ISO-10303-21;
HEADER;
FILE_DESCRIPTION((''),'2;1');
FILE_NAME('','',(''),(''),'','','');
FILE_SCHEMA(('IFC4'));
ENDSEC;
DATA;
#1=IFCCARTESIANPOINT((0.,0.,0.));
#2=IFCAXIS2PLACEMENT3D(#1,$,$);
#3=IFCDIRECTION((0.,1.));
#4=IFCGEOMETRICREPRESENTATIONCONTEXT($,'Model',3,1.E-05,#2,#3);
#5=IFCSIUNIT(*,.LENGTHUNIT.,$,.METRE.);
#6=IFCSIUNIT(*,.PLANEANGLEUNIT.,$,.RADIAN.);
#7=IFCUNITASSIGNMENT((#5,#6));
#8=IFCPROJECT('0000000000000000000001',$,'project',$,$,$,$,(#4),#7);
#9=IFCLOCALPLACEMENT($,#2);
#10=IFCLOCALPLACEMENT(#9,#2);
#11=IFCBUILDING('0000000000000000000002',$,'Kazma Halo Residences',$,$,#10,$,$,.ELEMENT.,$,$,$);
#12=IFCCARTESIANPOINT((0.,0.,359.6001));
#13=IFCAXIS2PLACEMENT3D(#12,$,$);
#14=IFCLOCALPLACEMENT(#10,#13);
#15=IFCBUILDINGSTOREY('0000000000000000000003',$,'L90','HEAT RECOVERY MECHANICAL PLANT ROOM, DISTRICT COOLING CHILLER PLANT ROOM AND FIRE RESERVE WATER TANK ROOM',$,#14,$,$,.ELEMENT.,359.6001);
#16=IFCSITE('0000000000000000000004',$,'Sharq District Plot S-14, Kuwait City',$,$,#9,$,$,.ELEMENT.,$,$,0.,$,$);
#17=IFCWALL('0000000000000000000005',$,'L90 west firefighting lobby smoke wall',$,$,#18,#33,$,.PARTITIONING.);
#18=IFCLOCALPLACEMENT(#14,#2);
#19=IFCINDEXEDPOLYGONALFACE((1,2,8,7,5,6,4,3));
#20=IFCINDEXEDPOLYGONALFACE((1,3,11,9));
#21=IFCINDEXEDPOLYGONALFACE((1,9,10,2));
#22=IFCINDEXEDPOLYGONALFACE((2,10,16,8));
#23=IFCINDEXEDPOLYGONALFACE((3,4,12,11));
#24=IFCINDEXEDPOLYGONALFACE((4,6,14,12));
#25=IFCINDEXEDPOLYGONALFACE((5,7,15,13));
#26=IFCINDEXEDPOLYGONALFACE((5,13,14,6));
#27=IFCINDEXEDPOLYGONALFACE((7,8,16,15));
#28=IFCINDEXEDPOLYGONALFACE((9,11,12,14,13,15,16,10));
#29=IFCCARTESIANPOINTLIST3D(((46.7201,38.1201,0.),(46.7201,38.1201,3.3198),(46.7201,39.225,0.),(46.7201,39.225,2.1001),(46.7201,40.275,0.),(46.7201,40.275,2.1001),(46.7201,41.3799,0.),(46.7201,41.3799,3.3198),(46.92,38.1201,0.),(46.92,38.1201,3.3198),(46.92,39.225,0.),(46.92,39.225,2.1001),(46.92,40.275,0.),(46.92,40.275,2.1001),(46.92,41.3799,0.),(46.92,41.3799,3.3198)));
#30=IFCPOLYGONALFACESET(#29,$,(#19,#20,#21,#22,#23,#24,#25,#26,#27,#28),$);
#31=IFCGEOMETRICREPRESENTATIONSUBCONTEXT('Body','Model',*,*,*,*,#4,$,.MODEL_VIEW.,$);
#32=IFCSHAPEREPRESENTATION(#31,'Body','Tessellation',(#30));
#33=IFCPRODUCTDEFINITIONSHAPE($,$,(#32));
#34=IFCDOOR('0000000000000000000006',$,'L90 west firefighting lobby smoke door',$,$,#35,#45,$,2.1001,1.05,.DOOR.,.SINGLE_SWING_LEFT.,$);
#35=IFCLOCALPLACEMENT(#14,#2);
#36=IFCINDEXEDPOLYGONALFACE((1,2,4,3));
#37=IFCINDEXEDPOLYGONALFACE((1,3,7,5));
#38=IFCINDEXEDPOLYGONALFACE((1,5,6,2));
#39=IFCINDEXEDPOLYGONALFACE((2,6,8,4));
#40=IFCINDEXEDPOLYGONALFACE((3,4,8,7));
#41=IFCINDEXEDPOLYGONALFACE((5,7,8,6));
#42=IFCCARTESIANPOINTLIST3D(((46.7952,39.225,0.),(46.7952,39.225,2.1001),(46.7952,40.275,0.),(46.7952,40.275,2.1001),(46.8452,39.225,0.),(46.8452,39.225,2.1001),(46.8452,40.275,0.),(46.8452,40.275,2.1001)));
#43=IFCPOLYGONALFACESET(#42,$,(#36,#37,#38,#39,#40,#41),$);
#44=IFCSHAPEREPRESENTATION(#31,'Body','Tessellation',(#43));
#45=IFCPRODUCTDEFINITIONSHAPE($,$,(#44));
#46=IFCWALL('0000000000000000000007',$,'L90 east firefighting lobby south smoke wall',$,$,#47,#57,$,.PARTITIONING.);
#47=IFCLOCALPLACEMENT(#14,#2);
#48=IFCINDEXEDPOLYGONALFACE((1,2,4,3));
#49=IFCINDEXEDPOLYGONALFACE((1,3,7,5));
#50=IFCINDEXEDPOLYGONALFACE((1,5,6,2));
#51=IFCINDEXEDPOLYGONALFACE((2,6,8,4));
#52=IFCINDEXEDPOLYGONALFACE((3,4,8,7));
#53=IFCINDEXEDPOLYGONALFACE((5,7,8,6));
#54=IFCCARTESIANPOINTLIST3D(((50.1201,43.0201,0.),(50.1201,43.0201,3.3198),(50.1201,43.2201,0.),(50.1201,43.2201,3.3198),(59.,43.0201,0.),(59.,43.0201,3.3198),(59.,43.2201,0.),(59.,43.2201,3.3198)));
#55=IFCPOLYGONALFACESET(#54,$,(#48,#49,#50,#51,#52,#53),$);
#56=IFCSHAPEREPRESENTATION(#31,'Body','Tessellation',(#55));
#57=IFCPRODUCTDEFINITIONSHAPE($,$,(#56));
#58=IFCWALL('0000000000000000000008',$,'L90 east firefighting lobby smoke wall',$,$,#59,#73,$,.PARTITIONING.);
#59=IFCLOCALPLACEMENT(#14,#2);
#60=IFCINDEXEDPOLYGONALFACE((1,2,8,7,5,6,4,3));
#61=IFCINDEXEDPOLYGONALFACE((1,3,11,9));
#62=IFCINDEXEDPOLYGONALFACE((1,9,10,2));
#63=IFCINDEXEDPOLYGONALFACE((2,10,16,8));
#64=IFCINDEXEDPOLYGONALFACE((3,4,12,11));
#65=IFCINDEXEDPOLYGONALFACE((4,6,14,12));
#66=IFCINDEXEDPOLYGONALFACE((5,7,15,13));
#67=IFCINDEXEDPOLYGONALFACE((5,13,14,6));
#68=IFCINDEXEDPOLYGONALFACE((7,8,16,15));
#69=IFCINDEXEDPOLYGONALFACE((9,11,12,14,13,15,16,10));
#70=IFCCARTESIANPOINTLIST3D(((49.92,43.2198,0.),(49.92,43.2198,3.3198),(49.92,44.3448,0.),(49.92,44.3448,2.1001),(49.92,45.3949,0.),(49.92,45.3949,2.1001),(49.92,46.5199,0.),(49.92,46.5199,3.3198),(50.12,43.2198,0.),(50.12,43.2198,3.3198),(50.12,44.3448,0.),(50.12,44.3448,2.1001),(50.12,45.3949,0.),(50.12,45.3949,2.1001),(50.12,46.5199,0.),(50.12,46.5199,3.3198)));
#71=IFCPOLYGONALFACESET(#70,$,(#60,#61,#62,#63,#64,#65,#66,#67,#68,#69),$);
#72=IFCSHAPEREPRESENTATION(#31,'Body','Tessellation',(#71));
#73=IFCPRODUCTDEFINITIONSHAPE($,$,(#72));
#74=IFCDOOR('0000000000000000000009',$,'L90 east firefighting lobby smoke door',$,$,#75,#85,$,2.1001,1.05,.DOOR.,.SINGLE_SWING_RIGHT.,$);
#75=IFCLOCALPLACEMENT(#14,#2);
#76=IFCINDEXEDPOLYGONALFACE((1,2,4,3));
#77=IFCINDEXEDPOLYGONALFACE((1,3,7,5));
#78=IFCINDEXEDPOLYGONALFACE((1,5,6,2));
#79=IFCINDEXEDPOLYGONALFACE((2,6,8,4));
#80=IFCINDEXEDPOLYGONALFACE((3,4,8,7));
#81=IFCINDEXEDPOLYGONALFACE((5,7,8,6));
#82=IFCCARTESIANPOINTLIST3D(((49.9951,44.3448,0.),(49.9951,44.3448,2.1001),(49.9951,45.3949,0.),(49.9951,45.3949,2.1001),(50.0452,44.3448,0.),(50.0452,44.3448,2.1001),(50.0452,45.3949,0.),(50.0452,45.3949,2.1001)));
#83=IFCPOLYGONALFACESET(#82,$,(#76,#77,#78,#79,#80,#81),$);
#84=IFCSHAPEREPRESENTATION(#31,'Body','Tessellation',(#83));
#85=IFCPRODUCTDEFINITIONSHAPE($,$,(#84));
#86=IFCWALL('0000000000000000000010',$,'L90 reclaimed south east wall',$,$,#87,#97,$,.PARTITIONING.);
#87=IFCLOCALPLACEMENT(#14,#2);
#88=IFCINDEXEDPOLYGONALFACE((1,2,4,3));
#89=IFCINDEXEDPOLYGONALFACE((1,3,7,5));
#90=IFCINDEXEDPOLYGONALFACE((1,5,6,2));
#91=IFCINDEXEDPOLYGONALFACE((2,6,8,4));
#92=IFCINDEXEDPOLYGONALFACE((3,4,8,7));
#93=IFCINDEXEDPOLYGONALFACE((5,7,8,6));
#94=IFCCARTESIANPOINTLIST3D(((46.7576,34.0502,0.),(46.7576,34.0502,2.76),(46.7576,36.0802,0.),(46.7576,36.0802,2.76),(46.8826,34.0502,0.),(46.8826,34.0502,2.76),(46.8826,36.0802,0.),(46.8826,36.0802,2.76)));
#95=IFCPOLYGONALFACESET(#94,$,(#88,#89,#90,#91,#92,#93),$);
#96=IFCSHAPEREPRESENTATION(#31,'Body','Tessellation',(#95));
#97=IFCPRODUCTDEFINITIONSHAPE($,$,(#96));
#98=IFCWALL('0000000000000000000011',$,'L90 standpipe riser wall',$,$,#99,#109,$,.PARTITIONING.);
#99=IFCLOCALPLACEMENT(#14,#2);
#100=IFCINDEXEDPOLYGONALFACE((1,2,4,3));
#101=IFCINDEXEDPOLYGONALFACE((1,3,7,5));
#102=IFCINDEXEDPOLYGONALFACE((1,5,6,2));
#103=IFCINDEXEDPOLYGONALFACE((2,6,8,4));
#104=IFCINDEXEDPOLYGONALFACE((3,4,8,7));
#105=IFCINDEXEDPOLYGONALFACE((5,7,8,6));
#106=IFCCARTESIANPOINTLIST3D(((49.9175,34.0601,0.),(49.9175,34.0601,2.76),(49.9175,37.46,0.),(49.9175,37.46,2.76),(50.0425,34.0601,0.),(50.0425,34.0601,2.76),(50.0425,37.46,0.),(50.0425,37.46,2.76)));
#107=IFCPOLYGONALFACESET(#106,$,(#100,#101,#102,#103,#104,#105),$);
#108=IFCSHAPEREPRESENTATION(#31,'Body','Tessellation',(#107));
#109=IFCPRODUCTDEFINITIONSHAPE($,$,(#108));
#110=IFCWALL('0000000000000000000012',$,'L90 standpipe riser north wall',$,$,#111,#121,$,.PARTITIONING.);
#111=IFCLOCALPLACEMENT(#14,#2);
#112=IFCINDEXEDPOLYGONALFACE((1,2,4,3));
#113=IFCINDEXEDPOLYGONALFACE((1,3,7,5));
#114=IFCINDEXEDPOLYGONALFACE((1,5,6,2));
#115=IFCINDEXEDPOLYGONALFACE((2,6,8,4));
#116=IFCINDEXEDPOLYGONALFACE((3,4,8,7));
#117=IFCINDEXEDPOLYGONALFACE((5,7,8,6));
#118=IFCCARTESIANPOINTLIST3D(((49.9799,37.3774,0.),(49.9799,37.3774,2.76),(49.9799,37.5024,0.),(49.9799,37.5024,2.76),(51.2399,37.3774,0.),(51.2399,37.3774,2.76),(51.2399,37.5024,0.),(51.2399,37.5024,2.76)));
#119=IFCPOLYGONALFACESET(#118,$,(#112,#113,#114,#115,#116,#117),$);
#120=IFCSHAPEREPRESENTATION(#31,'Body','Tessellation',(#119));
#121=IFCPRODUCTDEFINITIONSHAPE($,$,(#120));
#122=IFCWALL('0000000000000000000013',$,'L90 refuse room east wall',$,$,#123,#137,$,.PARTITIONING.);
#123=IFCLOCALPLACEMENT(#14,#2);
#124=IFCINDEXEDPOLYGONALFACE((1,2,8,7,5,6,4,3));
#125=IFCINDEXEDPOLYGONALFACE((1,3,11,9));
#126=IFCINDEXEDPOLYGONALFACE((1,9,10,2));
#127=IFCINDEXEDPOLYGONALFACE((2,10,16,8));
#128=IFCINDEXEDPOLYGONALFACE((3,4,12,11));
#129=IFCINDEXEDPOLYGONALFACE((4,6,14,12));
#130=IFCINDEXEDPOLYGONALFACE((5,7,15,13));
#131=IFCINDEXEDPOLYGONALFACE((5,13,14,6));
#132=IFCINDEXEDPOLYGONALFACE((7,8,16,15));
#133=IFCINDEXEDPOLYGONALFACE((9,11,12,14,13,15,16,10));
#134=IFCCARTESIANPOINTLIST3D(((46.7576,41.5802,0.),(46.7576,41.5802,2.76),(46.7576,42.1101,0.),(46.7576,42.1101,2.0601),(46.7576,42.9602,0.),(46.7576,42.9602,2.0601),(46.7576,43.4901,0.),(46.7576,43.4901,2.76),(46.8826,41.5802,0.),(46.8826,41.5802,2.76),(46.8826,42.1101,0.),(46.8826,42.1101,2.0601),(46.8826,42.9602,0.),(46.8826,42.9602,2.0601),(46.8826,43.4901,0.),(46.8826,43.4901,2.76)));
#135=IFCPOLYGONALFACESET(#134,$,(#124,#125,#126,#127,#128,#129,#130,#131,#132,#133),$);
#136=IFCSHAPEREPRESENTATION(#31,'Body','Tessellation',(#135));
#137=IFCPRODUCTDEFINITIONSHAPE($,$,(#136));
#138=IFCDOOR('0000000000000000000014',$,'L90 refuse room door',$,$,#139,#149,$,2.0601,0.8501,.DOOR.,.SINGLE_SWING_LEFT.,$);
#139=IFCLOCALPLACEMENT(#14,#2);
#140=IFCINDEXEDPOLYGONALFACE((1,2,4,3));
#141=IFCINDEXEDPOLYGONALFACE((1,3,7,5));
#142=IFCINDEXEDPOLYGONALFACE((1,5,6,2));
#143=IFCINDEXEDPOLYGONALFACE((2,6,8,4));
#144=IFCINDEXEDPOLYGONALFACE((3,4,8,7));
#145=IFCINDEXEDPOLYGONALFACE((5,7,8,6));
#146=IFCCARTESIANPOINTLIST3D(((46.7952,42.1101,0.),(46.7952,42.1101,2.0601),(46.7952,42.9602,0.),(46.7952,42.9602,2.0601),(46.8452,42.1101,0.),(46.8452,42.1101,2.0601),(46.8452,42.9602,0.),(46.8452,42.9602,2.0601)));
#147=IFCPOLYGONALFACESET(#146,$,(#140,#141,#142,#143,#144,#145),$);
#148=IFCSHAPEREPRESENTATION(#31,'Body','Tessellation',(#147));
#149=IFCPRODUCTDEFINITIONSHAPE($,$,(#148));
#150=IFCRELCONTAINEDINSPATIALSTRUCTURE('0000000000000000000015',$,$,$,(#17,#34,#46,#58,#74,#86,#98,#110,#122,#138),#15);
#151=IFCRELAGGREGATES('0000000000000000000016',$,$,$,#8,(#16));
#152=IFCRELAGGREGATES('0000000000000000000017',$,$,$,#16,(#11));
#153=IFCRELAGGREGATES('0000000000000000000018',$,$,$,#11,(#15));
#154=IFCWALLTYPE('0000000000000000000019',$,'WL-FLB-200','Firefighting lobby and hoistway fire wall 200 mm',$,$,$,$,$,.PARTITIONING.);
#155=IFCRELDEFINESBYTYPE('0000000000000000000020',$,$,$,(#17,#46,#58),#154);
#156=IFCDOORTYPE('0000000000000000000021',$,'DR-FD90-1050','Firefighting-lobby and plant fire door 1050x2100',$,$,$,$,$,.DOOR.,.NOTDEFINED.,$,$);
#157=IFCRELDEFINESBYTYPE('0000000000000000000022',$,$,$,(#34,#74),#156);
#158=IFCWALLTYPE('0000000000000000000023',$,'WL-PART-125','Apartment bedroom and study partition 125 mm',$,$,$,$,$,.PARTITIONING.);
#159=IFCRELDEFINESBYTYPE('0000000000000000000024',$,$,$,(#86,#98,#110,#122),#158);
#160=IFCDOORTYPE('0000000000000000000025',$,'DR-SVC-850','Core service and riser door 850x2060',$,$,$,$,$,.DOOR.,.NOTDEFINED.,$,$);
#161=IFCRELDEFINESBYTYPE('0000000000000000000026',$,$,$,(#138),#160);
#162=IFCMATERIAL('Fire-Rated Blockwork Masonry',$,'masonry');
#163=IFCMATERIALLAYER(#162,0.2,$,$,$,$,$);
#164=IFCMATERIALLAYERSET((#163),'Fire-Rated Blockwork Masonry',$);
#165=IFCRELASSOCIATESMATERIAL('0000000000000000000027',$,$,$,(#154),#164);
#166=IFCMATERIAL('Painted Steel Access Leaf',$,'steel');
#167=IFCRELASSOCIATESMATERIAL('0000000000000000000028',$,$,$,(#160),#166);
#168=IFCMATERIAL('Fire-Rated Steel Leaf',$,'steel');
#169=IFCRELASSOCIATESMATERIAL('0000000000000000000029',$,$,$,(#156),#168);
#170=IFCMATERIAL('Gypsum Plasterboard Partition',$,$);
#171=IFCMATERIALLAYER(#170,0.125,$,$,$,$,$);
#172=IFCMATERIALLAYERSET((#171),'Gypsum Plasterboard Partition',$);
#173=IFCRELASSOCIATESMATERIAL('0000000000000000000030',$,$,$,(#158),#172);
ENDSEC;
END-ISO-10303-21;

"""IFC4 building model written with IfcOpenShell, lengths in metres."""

from ifc_helpers import new_model, si_unit, direction, frame, frame_2d, origin, place, context, subcontext, project, spatial, rectangle, extrude, material, layer, layer_set, type_object, element, fill, save


model = new_model("IFC4")

# Units and contexts
model_context = context("Model", 3, precision=1e-05, world=origin(), true_north=direction((0.0, 1.0)))
body_context = subcontext(model_context, "Body", "Model", "MODEL_VIEW")
ifc_project = project(units=[si_unit("LENGTHUNIT", "METRE"), si_unit("PLANEANGLEUNIT", "RADIAN")], contexts=[model_context])

# Site, building, storey
site_placement = place(None, origin())
site = spatial("IfcSite", under=ifc_project, at=site_placement, Name="Sharq District Plot S-14, Kuwait City", CompositionType="ELEMENT", RefElevation=0.0)
building_placement = place(site_placement, origin())
building = spatial("IfcBuilding", under=site, at=building_placement, Name="Kazma Halo Residences", CompositionType="ELEMENT")
storey_placement = place(building_placement, frame((0.0, 0.0, 359.6001)))
storey = spatial("IfcBuildingStorey", under=building, at=storey_placement, Name="L90", Description="HEAT RECOVERY MECHANICAL PLANT ROOM, DISTRICT COOLING CHILLER PLANT ROOM AND FIRE RESERVE WATER TANK ROOM", CompositionType="ELEMENT", Elevation=359.6001)

# Shared definitions
ifc_material_1 = material(Name="Fire-Rated Blockwork Masonry", Category="masonry")
ifc_layer_1 = layer(ifc_material_1, 0.2)
ifc_layer_set_1 = layer_set([ifc_layer_1], Name="Fire-Rated Blockwork Masonry")
wall_type_1 = type_object("IfcWallType", Name="WL-FLB-200", Description="Firefighting lobby and hoistway fire wall 200 mm", PredefinedType="PARTITIONING", material=ifc_layer_set_1)
ifc_material_2 = material(Name="Painted Steel Access Leaf", Category="steel")
door_type_1 = type_object("IfcDoorType", Name="DR-SVC-850", Description="Core service and riser door 850x2060", OperationType="NOTDEFINED", PredefinedType="DOOR", material=ifc_material_2)

# Wall, opening, door
wall_1_placement = place(storey_placement, frame((46.8201, 38.1201, 0.0), z_axis=(0.0, 0.0, 1.0), x_axis=(0.0, 1.0, 0.0)))
wall_1 = element("IfcWall", 1, at=wall_1_placement, inside=storey, type_object=wall_type_1, Name="L90 west firefighting lobby smoke wall", PredefinedType="PARTITIONING", context=body_context, shape_type="SweptSolid", body=[
    extrude(rectangle(XDim=3.2598, YDim=0.2, at=frame_2d((1.6299, 0.0))), origin(), (0.0, 0.0, 1.0), 3.3198),
])
opening_1_placement = place(wall_1_placement, frame((1.105, 0.0, 0.0)))
opening_1 = element("IfcOpeningElement", 2, at=opening_1_placement, cuts=wall_1, PredefinedType="OPENING", context=body_context, shape_type="SweptSolid", body=[
    extrude(rectangle(XDim=1.05, YDim=2.1001, at=frame_2d((0.5249, 1.05))), frame((0.0, 0.1099, 0.0), z_axis=(0.0, -1.0, 0.0), x_axis=(1.0, 0.0, 0.0)), (0.0, 0.0, 1.0), 0.22),
])
ifc_material_3 = material(Name="Fire-Rated Steel Leaf", Category="steel")
door_type_2 = type_object("IfcDoorType", Name="DR-FD90-1050", Description="Firefighting-lobby and plant fire door 1050x2100", OperationType="NOTDEFINED", PredefinedType="DOOR", material=ifc_material_3)
door_1_placement = place(opening_1_placement, origin())
door_1 = element("IfcDoor", 3, at=door_1_placement, inside=storey, type_object=door_type_2, Name="L90 west firefighting lobby smoke door", OperationType="SINGLE_SWING_LEFT", OverallHeight=2.1001, OverallWidth=1.05, PredefinedType="DOOR", context=body_context, shape_type="SweptSolid", body=[
    extrude(rectangle(XDim=1.05, YDim=2.1001, at=frame_2d((0.5249, 1.05))), frame((0.0, 0.0249, 0.0), z_axis=(0.0, -1.0, 0.0), x_axis=(1.0, 0.0, 0.0)), (0.0, 0.0, 1.0), 0.05),
])
fill(opening_1, door_1)

# Wall
wall_2_placement = place(storey_placement, frame((50.1201, 43.1201, 0.0), z_axis=(0.0, 0.0, 1.0), x_axis=(1.0, 0.0, 0.0)))
element("IfcWall", 4, at=wall_2_placement, inside=storey, type_object=wall_type_1, Name="L90 east firefighting lobby south smoke wall", PredefinedType="PARTITIONING", context=body_context, shape_type="SweptSolid", body=[
    extrude(rectangle(XDim=8.8799, YDim=0.2, at=frame_2d((4.4399, 0.0))), origin(), (0.0, 0.0, 1.0), 3.3198),
])

# Wall, opening, door
wall_3_placement = place(storey_placement, frame((50.02, 43.22, 0.0), z_axis=(0.0, 0.0, 1.0), x_axis=(0.0, 1.0, 0.0)))
wall_3 = element("IfcWall", 5, at=wall_3_placement, inside=storey, type_object=wall_type_1, Name="L90 east firefighting lobby smoke wall", PredefinedType="PARTITIONING", context=body_context, shape_type="SweptSolid", body=[
    extrude(rectangle(XDim=3.3, YDim=0.2, at=frame_2d((1.6499, 0.0))), origin(), (0.0, 0.0, 1.0), 3.3198),
])
opening_2_placement = place(wall_3_placement, frame((1.125, 0.0, 0.0)))
opening_2 = element("IfcOpeningElement", 6, at=opening_2_placement, cuts=wall_3, PredefinedType="OPENING", context=body_context, shape_type="SweptSolid", body=[
    extrude(rectangle(XDim=1.05, YDim=2.1001, at=frame_2d((0.5249, 1.05))), frame((0.0, 0.1099, 0.0), z_axis=(0.0, -1.0, 0.0), x_axis=(1.0, 0.0, 0.0)), (0.0, 0.0, 1.0), 0.22),
])
door_2_placement = place(opening_2_placement, origin())
door_2 = element("IfcDoor", 7, at=door_2_placement, inside=storey, type_object=door_type_2, Name="L90 east firefighting lobby smoke door", OperationType="SINGLE_SWING_RIGHT", OverallHeight=2.1001, OverallWidth=1.05, PredefinedType="DOOR", context=body_context, shape_type="SweptSolid", body=[
    extrude(rectangle(XDim=1.05, YDim=2.1001, at=frame_2d((0.5249, 1.05))), frame((0.0, 0.0249, 0.0), z_axis=(0.0, -1.0, 0.0), x_axis=(1.0, 0.0, 0.0)), (0.0, 0.0, 1.0), 0.05),
])
fill(opening_2, door_2)

# Walls
ifc_material_4 = material(Name="Gypsum Plasterboard Partition")
ifc_layer_2 = layer(ifc_material_4, 0.125)
ifc_layer_set_2 = layer_set([ifc_layer_2], Name="Gypsum Plasterboard Partition")
wall_type_2 = type_object("IfcWallType", Name="WL-PART-125", Description="Apartment bedroom and study partition 125 mm", PredefinedType="PARTITIONING", material=ifc_layer_set_2)
wall_4_placement = place(storey_placement, frame((46.8201, 34.05, 0.0), z_axis=(0.0, 0.0, 1.0), x_axis=(0.0, 1.0, 0.0)))
element("IfcWall", 8, at=wall_4_placement, inside=storey, type_object=wall_type_2, Name="L90 reclaimed south east wall", PredefinedType="PARTITIONING", context=body_context, shape_type="SweptSolid", body=[
    extrude(rectangle(XDim=2.03, YDim=0.125, at=frame_2d((1.0151, 0.0))), origin(), (0.0, 0.0, 1.0), 2.76),
])
wall_5_placement = place(storey_placement, frame((49.98, 34.0601, 0.0), z_axis=(0.0, 0.0, 1.0), x_axis=(0.0, 1.0, 0.0)))
element("IfcWall", 9, at=wall_5_placement, inside=storey, type_object=wall_type_2, Name="L90 standpipe riser wall", PredefinedType="PARTITIONING", context=body_context, shape_type="SweptSolid", body=[
    extrude(rectangle(XDim=3.3999, YDim=0.125, at=frame_2d((1.7, 0.0))), origin(), (0.0, 0.0, 1.0), 2.76),
])
wall_6_placement = place(storey_placement, frame((49.98, 37.4399, 0.0), z_axis=(0.0, 0.0, 1.0), x_axis=(1.0, 0.0, 0.0)))
element("IfcWall", 10, at=wall_6_placement, inside=storey, type_object=wall_type_2, Name="L90 standpipe riser north wall", PredefinedType="PARTITIONING", context=body_context, shape_type="SweptSolid", body=[
    extrude(rectangle(XDim=1.26, YDim=0.125, at=frame_2d((0.6299, 0.0))), origin(), (0.0, 0.0, 1.0), 2.76),
])

# Wall, opening, door
wall_7_placement = place(storey_placement, frame((46.8201, 41.5801, 0.0), z_axis=(0.0, 0.0, 1.0), x_axis=(0.0, 1.0, 0.0)))
wall_7 = element("IfcWall", 11, at=wall_7_placement, inside=storey, type_object=wall_type_2, Name="L90 refuse room east wall", PredefinedType="PARTITIONING", context=body_context, shape_type="SweptSolid", body=[
    extrude(rectangle(XDim=1.9099, YDim=0.125, at=frame_2d((0.9551, 0.0))), origin(), (0.0, 0.0, 1.0), 2.76),
])
opening_3_placement = place(wall_7_placement, frame((0.53, 0.0, 0.0)))
opening_3 = element("IfcOpeningElement", 12, at=opening_3_placement, cuts=wall_7, PredefinedType="OPENING", context=body_context, shape_type="SweptSolid", body=[
    extrude(rectangle(XDim=0.8501, YDim=2.0601, at=frame_2d((0.425, 1.03))), frame((0.0, 0.0725, 0.0), z_axis=(0.0, -1.0, 0.0), x_axis=(1.0, 0.0, 0.0)), (0.0, 0.0, 1.0), 0.145),
])
door_3_placement = place(opening_3_placement, origin())
door_3 = element("IfcDoor", 13, at=door_3_placement, inside=storey, type_object=door_type_1, Name="L90 refuse room door", OperationType="SINGLE_SWING_LEFT", OverallHeight=2.0601, OverallWidth=0.8501, PredefinedType="DOOR", context=body_context, shape_type="SweptSolid", body=[
    extrude(rectangle(XDim=0.8501, YDim=2.0601, at=frame_2d((0.425, 1.03))), frame((0.0, 0.0249, 0.0), z_axis=(0.0, -1.0, 0.0), x_axis=(1.0, 0.0, 0.0)), (0.0, 0.0, 1.0), 0.05),
])
fill(opening_3, door_3)

save(model, "model.ifc")
